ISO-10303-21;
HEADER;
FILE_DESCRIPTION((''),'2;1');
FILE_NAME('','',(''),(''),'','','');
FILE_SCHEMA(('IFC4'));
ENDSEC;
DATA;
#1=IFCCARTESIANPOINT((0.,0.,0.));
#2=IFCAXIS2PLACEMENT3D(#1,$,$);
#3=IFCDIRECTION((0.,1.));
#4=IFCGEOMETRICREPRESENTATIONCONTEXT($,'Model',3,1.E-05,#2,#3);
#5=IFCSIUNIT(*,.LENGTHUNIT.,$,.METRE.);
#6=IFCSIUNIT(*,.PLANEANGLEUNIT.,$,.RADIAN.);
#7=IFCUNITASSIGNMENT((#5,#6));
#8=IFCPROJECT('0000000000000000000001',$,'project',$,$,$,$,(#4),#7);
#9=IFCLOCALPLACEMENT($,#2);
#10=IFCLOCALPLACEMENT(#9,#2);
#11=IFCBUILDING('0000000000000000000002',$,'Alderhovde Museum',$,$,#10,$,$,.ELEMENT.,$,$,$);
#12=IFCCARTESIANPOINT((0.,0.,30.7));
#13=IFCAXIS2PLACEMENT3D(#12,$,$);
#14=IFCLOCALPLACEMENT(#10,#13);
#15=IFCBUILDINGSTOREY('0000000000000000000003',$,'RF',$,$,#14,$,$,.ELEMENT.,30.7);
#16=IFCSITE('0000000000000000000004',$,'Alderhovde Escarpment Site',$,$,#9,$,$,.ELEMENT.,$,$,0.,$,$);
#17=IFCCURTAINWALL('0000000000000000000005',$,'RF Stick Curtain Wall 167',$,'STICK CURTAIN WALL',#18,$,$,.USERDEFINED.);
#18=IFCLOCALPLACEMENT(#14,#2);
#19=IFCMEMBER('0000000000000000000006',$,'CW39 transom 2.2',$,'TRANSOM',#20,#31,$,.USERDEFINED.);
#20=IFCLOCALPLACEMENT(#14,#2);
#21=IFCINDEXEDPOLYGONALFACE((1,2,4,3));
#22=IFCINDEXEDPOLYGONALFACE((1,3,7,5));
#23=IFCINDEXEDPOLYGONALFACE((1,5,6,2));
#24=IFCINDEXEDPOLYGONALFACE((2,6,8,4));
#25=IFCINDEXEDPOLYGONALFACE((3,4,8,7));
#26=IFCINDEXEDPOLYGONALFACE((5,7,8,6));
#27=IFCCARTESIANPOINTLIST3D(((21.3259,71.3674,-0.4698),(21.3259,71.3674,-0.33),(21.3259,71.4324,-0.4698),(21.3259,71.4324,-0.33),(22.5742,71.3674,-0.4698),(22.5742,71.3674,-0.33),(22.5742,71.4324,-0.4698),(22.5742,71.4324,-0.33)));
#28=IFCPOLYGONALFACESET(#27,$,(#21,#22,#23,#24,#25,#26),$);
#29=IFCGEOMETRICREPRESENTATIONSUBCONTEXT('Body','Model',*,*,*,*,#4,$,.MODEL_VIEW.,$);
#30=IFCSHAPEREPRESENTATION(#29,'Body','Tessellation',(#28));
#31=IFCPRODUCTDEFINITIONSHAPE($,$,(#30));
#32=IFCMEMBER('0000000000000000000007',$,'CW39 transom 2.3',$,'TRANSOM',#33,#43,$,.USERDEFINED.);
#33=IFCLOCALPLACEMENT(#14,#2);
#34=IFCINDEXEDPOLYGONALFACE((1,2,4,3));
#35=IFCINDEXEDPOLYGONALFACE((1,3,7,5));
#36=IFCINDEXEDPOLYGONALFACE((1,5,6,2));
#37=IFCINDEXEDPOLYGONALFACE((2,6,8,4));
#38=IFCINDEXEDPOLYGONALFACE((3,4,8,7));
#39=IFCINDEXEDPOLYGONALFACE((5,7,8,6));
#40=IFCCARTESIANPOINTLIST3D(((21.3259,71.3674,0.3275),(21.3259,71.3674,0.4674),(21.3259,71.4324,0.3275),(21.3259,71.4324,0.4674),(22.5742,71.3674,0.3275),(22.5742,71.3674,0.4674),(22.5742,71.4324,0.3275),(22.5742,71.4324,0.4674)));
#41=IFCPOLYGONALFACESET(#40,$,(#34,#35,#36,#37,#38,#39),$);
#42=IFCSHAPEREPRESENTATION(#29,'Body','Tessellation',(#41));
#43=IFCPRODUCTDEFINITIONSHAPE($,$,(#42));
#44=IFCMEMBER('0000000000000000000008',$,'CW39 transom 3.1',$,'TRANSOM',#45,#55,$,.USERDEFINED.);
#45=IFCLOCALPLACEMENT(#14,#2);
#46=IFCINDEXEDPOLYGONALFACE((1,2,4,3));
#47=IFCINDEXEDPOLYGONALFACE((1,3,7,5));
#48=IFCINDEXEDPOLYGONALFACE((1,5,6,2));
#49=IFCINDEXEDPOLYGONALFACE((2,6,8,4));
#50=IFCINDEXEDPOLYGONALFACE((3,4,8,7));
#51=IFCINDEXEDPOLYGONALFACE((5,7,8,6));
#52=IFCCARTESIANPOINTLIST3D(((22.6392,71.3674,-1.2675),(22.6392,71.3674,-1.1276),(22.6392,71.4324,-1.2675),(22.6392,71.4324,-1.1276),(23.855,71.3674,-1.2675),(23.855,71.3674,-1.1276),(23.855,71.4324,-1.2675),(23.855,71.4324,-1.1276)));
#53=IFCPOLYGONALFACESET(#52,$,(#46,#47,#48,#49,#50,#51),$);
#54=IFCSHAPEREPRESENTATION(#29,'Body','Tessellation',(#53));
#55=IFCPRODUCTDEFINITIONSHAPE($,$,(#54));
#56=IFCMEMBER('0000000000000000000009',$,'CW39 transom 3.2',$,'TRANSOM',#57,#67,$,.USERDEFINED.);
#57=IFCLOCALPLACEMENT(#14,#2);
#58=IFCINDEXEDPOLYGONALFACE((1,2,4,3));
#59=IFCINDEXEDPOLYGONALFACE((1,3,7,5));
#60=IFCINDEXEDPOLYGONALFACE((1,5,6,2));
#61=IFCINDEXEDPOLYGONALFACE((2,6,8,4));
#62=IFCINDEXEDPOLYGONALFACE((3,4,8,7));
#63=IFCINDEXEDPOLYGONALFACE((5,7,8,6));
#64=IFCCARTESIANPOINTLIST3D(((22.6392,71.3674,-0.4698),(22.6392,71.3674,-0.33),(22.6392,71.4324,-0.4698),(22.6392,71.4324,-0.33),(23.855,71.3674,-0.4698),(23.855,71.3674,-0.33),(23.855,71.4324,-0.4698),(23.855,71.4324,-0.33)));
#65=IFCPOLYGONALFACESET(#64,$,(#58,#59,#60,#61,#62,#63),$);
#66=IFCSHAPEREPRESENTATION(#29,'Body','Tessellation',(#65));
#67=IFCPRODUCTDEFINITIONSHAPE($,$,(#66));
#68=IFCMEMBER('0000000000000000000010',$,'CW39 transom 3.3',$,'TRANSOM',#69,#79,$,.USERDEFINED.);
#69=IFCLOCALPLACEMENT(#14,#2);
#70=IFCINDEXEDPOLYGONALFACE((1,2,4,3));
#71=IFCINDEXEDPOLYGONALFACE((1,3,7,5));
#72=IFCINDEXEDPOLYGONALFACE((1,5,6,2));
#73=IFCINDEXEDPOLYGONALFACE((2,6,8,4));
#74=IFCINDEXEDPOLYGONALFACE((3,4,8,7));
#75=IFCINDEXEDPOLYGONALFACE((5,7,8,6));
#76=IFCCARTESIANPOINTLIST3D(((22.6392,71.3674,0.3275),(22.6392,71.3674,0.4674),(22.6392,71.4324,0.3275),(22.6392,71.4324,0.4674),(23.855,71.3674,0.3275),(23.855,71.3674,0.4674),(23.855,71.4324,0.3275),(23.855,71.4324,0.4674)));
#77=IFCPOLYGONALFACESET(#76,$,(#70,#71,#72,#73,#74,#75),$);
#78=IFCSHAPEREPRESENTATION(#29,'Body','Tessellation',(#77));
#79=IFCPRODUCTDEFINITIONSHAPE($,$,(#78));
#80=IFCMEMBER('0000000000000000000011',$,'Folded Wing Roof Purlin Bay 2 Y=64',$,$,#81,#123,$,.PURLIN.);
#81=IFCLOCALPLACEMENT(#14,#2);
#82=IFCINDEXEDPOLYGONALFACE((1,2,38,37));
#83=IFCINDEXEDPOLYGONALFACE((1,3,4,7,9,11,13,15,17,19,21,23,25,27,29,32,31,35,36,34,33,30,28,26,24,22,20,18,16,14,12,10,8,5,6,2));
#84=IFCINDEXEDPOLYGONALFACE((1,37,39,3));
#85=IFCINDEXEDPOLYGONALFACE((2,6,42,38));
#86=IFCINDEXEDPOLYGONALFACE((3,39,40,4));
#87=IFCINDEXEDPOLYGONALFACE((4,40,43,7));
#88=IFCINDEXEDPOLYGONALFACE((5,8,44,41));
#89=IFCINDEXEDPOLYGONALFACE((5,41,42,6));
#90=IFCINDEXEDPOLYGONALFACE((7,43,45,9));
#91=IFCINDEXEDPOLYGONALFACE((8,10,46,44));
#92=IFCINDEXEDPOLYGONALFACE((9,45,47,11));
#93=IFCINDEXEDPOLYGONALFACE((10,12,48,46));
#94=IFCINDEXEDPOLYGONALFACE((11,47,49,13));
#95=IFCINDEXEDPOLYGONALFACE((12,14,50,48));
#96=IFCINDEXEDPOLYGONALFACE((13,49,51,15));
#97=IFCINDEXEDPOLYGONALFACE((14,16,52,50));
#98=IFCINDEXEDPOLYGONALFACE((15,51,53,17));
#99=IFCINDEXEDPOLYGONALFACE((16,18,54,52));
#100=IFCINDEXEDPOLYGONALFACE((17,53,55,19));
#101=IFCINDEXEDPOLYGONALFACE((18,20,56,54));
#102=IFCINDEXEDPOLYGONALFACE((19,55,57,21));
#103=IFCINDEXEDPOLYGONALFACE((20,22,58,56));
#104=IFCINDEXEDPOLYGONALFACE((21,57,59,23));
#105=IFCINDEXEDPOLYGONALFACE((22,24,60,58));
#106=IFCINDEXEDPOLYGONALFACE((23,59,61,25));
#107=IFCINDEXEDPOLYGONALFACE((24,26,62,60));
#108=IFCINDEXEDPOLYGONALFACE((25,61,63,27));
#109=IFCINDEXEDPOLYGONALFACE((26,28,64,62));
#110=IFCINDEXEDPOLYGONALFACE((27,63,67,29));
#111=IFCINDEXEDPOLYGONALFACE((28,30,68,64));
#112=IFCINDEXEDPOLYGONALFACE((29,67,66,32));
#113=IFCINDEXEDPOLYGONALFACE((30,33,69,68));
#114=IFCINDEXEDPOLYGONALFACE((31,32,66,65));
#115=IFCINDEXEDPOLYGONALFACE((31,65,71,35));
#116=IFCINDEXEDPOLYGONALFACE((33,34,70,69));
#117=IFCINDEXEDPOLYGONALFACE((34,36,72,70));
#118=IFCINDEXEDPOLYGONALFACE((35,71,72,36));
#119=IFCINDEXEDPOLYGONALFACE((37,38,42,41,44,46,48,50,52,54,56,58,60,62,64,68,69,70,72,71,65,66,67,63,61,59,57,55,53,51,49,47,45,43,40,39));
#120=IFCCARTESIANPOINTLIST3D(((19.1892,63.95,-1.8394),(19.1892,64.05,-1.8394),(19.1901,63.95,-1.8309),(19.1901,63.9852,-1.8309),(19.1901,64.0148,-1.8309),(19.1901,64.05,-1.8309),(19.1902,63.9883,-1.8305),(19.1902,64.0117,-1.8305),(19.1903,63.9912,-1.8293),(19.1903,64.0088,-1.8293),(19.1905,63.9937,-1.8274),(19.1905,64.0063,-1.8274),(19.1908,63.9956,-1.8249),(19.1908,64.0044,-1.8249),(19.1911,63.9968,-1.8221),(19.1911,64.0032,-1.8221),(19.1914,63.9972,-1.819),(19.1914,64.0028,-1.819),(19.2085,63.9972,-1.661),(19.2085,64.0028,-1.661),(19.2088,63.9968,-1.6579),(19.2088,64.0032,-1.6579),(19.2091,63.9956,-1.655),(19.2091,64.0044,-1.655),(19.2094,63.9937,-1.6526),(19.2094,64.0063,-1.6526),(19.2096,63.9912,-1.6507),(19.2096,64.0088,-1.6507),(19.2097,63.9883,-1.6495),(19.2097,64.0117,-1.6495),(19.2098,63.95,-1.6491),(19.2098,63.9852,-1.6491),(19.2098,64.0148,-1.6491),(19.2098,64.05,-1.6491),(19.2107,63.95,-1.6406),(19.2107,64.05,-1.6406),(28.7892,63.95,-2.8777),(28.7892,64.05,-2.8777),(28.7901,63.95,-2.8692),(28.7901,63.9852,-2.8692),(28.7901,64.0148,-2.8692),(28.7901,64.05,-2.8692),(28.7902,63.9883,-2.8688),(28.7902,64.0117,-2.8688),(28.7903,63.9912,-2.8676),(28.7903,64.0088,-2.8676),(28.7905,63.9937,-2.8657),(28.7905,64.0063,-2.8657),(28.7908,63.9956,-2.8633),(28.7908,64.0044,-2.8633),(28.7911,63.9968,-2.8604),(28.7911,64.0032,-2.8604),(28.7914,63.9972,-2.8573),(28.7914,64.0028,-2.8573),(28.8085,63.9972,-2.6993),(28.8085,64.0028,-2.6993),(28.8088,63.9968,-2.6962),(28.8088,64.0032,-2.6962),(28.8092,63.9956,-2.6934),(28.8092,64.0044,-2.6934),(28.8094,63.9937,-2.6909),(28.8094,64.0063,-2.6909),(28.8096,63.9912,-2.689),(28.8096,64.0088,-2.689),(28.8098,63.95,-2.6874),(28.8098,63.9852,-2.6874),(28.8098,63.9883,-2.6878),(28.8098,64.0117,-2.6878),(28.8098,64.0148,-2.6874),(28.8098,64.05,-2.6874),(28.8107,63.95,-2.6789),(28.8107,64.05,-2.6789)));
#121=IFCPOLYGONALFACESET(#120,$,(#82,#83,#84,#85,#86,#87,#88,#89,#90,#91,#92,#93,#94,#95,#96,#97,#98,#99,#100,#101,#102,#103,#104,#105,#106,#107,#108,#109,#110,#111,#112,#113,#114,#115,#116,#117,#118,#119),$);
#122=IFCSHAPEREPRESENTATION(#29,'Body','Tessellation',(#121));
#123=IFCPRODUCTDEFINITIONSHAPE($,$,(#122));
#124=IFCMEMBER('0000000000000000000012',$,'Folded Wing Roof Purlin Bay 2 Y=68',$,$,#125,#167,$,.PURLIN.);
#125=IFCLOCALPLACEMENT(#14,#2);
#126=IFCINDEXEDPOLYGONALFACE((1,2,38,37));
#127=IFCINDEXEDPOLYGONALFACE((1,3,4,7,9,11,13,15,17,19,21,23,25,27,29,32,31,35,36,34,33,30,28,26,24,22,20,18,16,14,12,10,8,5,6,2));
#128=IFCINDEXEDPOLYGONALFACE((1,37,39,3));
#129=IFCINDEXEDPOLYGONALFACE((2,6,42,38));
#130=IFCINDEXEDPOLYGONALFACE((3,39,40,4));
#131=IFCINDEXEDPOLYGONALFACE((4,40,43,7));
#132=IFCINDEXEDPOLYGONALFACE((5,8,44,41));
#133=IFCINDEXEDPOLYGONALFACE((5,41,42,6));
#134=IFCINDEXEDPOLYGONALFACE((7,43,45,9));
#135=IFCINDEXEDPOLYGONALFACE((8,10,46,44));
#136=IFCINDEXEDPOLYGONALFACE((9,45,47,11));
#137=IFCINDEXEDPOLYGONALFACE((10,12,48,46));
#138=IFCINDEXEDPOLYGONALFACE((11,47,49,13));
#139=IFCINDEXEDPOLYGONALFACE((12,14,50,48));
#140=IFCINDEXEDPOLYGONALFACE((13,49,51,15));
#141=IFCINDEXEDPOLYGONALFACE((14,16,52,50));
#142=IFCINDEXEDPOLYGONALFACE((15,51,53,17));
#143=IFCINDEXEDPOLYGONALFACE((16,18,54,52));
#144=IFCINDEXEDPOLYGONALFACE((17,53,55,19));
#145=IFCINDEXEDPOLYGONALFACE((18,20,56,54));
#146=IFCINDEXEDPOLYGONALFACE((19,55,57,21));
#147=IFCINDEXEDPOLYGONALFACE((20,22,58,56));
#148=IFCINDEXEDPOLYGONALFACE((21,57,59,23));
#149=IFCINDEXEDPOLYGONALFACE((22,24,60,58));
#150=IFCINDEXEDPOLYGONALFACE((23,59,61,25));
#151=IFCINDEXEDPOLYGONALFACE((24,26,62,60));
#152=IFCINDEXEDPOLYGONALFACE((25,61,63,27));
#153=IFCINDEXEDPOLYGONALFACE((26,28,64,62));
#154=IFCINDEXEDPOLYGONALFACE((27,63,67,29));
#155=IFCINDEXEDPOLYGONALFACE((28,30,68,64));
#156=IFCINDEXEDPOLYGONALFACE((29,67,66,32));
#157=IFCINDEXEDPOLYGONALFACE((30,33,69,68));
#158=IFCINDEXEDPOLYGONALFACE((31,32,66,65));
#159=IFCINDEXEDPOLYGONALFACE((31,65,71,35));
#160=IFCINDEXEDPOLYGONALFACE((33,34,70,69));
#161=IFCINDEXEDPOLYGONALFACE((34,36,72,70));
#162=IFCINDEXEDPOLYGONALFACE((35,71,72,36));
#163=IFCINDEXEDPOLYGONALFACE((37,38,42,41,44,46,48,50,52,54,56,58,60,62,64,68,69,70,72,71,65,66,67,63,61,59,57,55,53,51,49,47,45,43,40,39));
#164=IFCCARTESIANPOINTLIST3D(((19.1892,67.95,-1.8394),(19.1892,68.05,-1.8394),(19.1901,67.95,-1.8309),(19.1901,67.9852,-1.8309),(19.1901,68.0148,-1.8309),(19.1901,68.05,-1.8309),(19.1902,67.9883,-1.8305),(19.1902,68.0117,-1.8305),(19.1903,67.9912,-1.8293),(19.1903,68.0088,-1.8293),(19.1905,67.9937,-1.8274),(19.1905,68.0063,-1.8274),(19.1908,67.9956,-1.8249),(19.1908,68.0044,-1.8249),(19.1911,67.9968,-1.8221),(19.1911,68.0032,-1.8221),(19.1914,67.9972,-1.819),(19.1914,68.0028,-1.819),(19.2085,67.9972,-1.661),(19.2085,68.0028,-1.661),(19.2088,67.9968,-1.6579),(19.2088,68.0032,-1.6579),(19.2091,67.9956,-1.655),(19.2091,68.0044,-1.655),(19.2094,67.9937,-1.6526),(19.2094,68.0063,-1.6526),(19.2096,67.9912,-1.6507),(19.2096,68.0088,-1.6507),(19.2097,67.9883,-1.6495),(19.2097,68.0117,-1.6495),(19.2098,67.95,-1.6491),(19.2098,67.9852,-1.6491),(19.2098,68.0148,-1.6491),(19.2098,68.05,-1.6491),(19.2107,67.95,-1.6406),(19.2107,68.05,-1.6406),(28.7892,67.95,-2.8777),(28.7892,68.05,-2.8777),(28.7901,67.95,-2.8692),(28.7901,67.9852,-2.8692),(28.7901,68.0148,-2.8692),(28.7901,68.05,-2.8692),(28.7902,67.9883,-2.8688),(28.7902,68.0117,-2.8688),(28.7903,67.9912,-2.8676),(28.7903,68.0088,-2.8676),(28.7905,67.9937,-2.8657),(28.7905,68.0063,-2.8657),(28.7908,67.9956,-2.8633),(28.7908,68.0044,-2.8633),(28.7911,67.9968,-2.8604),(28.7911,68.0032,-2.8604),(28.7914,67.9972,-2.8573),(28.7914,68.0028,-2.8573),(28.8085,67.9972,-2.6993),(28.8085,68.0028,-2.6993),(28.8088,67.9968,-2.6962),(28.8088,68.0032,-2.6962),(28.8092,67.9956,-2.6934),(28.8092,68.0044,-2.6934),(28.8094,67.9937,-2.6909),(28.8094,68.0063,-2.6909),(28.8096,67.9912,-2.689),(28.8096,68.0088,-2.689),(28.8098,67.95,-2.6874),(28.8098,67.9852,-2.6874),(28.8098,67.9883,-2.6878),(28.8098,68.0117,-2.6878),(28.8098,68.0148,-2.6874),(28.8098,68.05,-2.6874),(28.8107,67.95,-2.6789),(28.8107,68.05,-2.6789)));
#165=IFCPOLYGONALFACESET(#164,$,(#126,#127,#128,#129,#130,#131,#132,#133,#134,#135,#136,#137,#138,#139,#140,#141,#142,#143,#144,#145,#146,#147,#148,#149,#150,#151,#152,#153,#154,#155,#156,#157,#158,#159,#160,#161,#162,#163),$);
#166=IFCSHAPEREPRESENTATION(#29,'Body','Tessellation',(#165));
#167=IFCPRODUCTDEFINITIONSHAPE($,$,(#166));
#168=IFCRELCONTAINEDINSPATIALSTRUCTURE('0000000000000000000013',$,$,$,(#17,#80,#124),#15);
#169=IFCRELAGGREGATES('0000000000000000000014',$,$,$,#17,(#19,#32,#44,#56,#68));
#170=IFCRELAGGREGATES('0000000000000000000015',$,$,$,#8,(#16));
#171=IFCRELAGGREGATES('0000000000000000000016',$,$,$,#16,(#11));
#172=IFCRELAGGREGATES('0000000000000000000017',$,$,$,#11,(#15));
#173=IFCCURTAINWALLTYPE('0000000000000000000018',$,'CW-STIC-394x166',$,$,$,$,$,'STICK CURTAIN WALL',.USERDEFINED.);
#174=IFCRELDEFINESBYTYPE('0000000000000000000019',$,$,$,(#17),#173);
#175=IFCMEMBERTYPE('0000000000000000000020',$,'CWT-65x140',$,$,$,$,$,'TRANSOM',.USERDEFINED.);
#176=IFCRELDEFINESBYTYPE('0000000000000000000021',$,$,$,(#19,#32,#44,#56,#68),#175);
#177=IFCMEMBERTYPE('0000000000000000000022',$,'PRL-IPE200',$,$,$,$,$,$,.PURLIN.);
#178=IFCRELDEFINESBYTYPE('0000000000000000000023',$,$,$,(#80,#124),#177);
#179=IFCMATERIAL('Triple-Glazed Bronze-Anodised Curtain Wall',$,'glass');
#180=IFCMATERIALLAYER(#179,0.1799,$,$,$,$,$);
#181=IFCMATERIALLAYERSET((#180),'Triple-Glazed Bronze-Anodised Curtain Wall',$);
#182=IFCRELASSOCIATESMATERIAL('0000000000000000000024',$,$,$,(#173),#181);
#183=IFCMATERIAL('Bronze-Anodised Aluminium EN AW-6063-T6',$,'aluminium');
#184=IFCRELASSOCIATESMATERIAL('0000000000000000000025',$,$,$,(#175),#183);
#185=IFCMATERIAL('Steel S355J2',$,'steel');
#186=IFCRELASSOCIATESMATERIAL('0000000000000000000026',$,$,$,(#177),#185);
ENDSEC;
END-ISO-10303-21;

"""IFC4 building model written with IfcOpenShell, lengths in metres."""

from ifc_helpers import new_model, si_unit, direction, frame, origin, origin_2d, place, context, subcontext, project, spatial, rectangle, i_section, extrude, material, layer, layer_set, material_profile, profile_set, type_object, element, aggregate, save


model = new_model("IFC4")

# Units and contexts
model_context = context("Model", 3, precision=1e-05, world=origin(), true_north=direction((0.0, 1.0)))
body_context = subcontext(model_context, "Body", "Model", "MODEL_VIEW")
ifc_project = project(units=[si_unit("LENGTHUNIT", "METRE"), si_unit("PLANEANGLEUNIT", "RADIAN")], contexts=[model_context])

# Site, building, storey
site_placement = place(None, origin())
site = spatial("IfcSite", under=ifc_project, at=site_placement, Name="Alderhovde Escarpment Site", CompositionType="ELEMENT", RefElevation=0.0)
building_placement = place(site_placement, origin())
building = spatial("IfcBuilding", under=site, at=building_placement, Name="Alderhovde Museum", CompositionType="ELEMENT")
storey_placement = place(building_placement, frame((0.0, 0.0, 30.7)))
storey = spatial("IfcBuildingStorey", under=building, at=storey_placement, Name="RF", CompositionType="ELEMENT", Elevation=30.7)

# Curtain wall, members
ifc_material_1 = material(Name="Triple-Glazed Bronze-Anodised Curtain Wall", Category="glass")
ifc_layer_1 = layer(ifc_material_1, 0.1799)
ifc_layer_set_1 = layer_set([ifc_layer_1], Name="Triple-Glazed Bronze-Anodised Curtain Wall")
curtain_wall_type = type_object("IfcCurtainWallType", Name="CW-STIC-394x166", ElementType="STICK CURTAIN WALL", PredefinedType="USERDEFINED", material=ifc_layer_set_1)
curtain_wall_placement = place(storey_placement, origin())
curtain_wall = element("IfcCurtainWall", 1, at=curtain_wall_placement, inside=storey, type_object=curtain_wall_type, Name="RF Stick Curtain Wall 167", ObjectType="STICK CURTAIN WALL", PredefinedType="USERDEFINED")
ifc_material_2 = material(Name="Bronze-Anodised Aluminium EN AW-6063-T6", Category="aluminium")
ifc_material_profile_1 = material_profile(ifc_material_2, rectangle(XDim=0.0649, YDim=0.1399, at=origin_2d()), Name="TRANSOM 65x140")
ifc_profile_set_1 = profile_set([ifc_material_profile_1], Name="Bronze-Anodised Aluminium EN AW-6063-T6")
member_type_1 = type_object("IfcMemberType", Name="CWT-65x140", ElementType="TRANSOM", PredefinedType="USERDEFINED", material=ifc_profile_set_1)
member_1_placement = place(storey_placement, frame((21.3259, 71.3999, -0.3999), z_axis=(1.0, 0.0, 0.0), x_axis=(0.0, 1.0, 0.0)))
member_1 = element("IfcMember", 2, at=member_1_placement, type_object=member_type_1, Name="CW39 transom 2.2", ObjectType="TRANSOM", PredefinedType="USERDEFINED", context=body_context, shape_type="SweptSolid", body=[
    extrude(rectangle(XDim=0.0649, YDim=0.1399, at=origin_2d()), origin(), (0.0, 0.0, 1.0), 1.2483),
])
member_2_placement = place(storey_placement, frame((21.3259, 71.3999, 0.3975), z_axis=(1.0, 0.0, 0.0), x_axis=(0.0, 1.0, 0.0)))
member_2 = element("IfcMember", 3, at=member_2_placement, type_object=member_type_1, Name="CW39 transom 2.3", ObjectType="TRANSOM", PredefinedType="USERDEFINED", context=body_context, shape_type="SweptSolid", body=[
    extrude(rectangle(XDim=0.0649, YDim=0.1399, at=origin_2d()), origin(), (0.0, 0.0, 1.0), 1.2483),
])
member_3_placement = place(storey_placement, frame((22.6392, 71.3999, -1.1975), z_axis=(1.0, 0.0, 0.0), x_axis=(0.0, 1.0, 0.0)))
member_3 = element("IfcMember", 4, at=member_3_placement, type_object=member_type_1, Name="CW39 transom 3.1", ObjectType="TRANSOM", PredefinedType="USERDEFINED", context=body_context, shape_type="SweptSolid", body=[
    extrude(rectangle(XDim=0.0649, YDim=0.1399, at=origin_2d()), origin(), (0.0, 0.0, 1.0), 1.2158),
])
member_4_placement = place(storey_placement, frame((22.6392, 71.3999, -0.3999), z_axis=(1.0, 0.0, 0.0), x_axis=(0.0, 1.0, 0.0)))
member_4 = element("IfcMember", 5, at=member_4_placement, type_object=member_type_1, Name="CW39 transom 3.2", ObjectType="TRANSOM", PredefinedType="USERDEFINED", context=body_context, shape_type="SweptSolid", body=[
    extrude(rectangle(XDim=0.0649, YDim=0.1399, at=origin_2d()), origin(), (0.0, 0.0, 1.0), 1.2158),
])
member_5_placement = place(storey_placement, frame((22.6392, 71.3999, 0.3975), z_axis=(1.0, 0.0, 0.0), x_axis=(0.0, 1.0, 0.0)))
member_5 = element("IfcMember", 6, at=member_5_placement, type_object=member_type_1, Name="CW39 transom 3.3", ObjectType="TRANSOM", PredefinedType="USERDEFINED", context=body_context, shape_type="SweptSolid", body=[
    extrude(rectangle(XDim=0.0649, YDim=0.1399, at=origin_2d()), origin(), (0.0, 0.0, 1.0), 1.2158),
])

# Members
ifc_material_3 = material(Name="Steel S355J2", Category="steel")
ifc_material_profile_2 = material_profile(ifc_material_3, i_section(OverallWidth=0.1001, OverallDepth=0.2, WebThickness=0.0056, FlangeThickness=0.0085, FilletRadius=0.012, at=origin_2d()), Name="IPE 200")
ifc_profile_set_2 = profile_set([ifc_material_profile_2], Name="Steel S355J2")
member_type_2 = type_object("IfcMemberType", Name="PRL-IPE200", PredefinedType="PURLIN", material=ifc_profile_set_2)
for number, where, z_axis, x_axis, name in (
    (7, (19.2, 64.0, -1.74), (0.994202, 0.0, -0.107531), (0.0, 1.0, 0.0), "Folded Wing Roof Purlin Bay 2 Y=64"),
    (8, (19.2, 68.0, -1.74), (0.994202, 0.0, -0.107531), (0.0, 1.0, 0.0), "Folded Wing Roof Purlin Bay 2 Y=68"),
):
    element("IfcMember", number, at=place(storey_placement, frame(where, z_axis=z_axis, x_axis=x_axis)), inside=storey, type_object=member_type_2, Name=name, PredefinedType="PURLIN", context=body_context, shape_type="SweptSolid", body=[
        extrude(i_section(OverallWidth=0.1001, OverallDepth=0.2, WebThickness=0.0056, FlangeThickness=0.0085, FilletRadius=0.012, at=origin_2d()), origin(), (0.0, 0.0, 1.0), 9.656),
    ])

aggregate(curtain_wall, [member_1, member_2, member_3, member_4, member_5])

save(model, "model.ifc")
